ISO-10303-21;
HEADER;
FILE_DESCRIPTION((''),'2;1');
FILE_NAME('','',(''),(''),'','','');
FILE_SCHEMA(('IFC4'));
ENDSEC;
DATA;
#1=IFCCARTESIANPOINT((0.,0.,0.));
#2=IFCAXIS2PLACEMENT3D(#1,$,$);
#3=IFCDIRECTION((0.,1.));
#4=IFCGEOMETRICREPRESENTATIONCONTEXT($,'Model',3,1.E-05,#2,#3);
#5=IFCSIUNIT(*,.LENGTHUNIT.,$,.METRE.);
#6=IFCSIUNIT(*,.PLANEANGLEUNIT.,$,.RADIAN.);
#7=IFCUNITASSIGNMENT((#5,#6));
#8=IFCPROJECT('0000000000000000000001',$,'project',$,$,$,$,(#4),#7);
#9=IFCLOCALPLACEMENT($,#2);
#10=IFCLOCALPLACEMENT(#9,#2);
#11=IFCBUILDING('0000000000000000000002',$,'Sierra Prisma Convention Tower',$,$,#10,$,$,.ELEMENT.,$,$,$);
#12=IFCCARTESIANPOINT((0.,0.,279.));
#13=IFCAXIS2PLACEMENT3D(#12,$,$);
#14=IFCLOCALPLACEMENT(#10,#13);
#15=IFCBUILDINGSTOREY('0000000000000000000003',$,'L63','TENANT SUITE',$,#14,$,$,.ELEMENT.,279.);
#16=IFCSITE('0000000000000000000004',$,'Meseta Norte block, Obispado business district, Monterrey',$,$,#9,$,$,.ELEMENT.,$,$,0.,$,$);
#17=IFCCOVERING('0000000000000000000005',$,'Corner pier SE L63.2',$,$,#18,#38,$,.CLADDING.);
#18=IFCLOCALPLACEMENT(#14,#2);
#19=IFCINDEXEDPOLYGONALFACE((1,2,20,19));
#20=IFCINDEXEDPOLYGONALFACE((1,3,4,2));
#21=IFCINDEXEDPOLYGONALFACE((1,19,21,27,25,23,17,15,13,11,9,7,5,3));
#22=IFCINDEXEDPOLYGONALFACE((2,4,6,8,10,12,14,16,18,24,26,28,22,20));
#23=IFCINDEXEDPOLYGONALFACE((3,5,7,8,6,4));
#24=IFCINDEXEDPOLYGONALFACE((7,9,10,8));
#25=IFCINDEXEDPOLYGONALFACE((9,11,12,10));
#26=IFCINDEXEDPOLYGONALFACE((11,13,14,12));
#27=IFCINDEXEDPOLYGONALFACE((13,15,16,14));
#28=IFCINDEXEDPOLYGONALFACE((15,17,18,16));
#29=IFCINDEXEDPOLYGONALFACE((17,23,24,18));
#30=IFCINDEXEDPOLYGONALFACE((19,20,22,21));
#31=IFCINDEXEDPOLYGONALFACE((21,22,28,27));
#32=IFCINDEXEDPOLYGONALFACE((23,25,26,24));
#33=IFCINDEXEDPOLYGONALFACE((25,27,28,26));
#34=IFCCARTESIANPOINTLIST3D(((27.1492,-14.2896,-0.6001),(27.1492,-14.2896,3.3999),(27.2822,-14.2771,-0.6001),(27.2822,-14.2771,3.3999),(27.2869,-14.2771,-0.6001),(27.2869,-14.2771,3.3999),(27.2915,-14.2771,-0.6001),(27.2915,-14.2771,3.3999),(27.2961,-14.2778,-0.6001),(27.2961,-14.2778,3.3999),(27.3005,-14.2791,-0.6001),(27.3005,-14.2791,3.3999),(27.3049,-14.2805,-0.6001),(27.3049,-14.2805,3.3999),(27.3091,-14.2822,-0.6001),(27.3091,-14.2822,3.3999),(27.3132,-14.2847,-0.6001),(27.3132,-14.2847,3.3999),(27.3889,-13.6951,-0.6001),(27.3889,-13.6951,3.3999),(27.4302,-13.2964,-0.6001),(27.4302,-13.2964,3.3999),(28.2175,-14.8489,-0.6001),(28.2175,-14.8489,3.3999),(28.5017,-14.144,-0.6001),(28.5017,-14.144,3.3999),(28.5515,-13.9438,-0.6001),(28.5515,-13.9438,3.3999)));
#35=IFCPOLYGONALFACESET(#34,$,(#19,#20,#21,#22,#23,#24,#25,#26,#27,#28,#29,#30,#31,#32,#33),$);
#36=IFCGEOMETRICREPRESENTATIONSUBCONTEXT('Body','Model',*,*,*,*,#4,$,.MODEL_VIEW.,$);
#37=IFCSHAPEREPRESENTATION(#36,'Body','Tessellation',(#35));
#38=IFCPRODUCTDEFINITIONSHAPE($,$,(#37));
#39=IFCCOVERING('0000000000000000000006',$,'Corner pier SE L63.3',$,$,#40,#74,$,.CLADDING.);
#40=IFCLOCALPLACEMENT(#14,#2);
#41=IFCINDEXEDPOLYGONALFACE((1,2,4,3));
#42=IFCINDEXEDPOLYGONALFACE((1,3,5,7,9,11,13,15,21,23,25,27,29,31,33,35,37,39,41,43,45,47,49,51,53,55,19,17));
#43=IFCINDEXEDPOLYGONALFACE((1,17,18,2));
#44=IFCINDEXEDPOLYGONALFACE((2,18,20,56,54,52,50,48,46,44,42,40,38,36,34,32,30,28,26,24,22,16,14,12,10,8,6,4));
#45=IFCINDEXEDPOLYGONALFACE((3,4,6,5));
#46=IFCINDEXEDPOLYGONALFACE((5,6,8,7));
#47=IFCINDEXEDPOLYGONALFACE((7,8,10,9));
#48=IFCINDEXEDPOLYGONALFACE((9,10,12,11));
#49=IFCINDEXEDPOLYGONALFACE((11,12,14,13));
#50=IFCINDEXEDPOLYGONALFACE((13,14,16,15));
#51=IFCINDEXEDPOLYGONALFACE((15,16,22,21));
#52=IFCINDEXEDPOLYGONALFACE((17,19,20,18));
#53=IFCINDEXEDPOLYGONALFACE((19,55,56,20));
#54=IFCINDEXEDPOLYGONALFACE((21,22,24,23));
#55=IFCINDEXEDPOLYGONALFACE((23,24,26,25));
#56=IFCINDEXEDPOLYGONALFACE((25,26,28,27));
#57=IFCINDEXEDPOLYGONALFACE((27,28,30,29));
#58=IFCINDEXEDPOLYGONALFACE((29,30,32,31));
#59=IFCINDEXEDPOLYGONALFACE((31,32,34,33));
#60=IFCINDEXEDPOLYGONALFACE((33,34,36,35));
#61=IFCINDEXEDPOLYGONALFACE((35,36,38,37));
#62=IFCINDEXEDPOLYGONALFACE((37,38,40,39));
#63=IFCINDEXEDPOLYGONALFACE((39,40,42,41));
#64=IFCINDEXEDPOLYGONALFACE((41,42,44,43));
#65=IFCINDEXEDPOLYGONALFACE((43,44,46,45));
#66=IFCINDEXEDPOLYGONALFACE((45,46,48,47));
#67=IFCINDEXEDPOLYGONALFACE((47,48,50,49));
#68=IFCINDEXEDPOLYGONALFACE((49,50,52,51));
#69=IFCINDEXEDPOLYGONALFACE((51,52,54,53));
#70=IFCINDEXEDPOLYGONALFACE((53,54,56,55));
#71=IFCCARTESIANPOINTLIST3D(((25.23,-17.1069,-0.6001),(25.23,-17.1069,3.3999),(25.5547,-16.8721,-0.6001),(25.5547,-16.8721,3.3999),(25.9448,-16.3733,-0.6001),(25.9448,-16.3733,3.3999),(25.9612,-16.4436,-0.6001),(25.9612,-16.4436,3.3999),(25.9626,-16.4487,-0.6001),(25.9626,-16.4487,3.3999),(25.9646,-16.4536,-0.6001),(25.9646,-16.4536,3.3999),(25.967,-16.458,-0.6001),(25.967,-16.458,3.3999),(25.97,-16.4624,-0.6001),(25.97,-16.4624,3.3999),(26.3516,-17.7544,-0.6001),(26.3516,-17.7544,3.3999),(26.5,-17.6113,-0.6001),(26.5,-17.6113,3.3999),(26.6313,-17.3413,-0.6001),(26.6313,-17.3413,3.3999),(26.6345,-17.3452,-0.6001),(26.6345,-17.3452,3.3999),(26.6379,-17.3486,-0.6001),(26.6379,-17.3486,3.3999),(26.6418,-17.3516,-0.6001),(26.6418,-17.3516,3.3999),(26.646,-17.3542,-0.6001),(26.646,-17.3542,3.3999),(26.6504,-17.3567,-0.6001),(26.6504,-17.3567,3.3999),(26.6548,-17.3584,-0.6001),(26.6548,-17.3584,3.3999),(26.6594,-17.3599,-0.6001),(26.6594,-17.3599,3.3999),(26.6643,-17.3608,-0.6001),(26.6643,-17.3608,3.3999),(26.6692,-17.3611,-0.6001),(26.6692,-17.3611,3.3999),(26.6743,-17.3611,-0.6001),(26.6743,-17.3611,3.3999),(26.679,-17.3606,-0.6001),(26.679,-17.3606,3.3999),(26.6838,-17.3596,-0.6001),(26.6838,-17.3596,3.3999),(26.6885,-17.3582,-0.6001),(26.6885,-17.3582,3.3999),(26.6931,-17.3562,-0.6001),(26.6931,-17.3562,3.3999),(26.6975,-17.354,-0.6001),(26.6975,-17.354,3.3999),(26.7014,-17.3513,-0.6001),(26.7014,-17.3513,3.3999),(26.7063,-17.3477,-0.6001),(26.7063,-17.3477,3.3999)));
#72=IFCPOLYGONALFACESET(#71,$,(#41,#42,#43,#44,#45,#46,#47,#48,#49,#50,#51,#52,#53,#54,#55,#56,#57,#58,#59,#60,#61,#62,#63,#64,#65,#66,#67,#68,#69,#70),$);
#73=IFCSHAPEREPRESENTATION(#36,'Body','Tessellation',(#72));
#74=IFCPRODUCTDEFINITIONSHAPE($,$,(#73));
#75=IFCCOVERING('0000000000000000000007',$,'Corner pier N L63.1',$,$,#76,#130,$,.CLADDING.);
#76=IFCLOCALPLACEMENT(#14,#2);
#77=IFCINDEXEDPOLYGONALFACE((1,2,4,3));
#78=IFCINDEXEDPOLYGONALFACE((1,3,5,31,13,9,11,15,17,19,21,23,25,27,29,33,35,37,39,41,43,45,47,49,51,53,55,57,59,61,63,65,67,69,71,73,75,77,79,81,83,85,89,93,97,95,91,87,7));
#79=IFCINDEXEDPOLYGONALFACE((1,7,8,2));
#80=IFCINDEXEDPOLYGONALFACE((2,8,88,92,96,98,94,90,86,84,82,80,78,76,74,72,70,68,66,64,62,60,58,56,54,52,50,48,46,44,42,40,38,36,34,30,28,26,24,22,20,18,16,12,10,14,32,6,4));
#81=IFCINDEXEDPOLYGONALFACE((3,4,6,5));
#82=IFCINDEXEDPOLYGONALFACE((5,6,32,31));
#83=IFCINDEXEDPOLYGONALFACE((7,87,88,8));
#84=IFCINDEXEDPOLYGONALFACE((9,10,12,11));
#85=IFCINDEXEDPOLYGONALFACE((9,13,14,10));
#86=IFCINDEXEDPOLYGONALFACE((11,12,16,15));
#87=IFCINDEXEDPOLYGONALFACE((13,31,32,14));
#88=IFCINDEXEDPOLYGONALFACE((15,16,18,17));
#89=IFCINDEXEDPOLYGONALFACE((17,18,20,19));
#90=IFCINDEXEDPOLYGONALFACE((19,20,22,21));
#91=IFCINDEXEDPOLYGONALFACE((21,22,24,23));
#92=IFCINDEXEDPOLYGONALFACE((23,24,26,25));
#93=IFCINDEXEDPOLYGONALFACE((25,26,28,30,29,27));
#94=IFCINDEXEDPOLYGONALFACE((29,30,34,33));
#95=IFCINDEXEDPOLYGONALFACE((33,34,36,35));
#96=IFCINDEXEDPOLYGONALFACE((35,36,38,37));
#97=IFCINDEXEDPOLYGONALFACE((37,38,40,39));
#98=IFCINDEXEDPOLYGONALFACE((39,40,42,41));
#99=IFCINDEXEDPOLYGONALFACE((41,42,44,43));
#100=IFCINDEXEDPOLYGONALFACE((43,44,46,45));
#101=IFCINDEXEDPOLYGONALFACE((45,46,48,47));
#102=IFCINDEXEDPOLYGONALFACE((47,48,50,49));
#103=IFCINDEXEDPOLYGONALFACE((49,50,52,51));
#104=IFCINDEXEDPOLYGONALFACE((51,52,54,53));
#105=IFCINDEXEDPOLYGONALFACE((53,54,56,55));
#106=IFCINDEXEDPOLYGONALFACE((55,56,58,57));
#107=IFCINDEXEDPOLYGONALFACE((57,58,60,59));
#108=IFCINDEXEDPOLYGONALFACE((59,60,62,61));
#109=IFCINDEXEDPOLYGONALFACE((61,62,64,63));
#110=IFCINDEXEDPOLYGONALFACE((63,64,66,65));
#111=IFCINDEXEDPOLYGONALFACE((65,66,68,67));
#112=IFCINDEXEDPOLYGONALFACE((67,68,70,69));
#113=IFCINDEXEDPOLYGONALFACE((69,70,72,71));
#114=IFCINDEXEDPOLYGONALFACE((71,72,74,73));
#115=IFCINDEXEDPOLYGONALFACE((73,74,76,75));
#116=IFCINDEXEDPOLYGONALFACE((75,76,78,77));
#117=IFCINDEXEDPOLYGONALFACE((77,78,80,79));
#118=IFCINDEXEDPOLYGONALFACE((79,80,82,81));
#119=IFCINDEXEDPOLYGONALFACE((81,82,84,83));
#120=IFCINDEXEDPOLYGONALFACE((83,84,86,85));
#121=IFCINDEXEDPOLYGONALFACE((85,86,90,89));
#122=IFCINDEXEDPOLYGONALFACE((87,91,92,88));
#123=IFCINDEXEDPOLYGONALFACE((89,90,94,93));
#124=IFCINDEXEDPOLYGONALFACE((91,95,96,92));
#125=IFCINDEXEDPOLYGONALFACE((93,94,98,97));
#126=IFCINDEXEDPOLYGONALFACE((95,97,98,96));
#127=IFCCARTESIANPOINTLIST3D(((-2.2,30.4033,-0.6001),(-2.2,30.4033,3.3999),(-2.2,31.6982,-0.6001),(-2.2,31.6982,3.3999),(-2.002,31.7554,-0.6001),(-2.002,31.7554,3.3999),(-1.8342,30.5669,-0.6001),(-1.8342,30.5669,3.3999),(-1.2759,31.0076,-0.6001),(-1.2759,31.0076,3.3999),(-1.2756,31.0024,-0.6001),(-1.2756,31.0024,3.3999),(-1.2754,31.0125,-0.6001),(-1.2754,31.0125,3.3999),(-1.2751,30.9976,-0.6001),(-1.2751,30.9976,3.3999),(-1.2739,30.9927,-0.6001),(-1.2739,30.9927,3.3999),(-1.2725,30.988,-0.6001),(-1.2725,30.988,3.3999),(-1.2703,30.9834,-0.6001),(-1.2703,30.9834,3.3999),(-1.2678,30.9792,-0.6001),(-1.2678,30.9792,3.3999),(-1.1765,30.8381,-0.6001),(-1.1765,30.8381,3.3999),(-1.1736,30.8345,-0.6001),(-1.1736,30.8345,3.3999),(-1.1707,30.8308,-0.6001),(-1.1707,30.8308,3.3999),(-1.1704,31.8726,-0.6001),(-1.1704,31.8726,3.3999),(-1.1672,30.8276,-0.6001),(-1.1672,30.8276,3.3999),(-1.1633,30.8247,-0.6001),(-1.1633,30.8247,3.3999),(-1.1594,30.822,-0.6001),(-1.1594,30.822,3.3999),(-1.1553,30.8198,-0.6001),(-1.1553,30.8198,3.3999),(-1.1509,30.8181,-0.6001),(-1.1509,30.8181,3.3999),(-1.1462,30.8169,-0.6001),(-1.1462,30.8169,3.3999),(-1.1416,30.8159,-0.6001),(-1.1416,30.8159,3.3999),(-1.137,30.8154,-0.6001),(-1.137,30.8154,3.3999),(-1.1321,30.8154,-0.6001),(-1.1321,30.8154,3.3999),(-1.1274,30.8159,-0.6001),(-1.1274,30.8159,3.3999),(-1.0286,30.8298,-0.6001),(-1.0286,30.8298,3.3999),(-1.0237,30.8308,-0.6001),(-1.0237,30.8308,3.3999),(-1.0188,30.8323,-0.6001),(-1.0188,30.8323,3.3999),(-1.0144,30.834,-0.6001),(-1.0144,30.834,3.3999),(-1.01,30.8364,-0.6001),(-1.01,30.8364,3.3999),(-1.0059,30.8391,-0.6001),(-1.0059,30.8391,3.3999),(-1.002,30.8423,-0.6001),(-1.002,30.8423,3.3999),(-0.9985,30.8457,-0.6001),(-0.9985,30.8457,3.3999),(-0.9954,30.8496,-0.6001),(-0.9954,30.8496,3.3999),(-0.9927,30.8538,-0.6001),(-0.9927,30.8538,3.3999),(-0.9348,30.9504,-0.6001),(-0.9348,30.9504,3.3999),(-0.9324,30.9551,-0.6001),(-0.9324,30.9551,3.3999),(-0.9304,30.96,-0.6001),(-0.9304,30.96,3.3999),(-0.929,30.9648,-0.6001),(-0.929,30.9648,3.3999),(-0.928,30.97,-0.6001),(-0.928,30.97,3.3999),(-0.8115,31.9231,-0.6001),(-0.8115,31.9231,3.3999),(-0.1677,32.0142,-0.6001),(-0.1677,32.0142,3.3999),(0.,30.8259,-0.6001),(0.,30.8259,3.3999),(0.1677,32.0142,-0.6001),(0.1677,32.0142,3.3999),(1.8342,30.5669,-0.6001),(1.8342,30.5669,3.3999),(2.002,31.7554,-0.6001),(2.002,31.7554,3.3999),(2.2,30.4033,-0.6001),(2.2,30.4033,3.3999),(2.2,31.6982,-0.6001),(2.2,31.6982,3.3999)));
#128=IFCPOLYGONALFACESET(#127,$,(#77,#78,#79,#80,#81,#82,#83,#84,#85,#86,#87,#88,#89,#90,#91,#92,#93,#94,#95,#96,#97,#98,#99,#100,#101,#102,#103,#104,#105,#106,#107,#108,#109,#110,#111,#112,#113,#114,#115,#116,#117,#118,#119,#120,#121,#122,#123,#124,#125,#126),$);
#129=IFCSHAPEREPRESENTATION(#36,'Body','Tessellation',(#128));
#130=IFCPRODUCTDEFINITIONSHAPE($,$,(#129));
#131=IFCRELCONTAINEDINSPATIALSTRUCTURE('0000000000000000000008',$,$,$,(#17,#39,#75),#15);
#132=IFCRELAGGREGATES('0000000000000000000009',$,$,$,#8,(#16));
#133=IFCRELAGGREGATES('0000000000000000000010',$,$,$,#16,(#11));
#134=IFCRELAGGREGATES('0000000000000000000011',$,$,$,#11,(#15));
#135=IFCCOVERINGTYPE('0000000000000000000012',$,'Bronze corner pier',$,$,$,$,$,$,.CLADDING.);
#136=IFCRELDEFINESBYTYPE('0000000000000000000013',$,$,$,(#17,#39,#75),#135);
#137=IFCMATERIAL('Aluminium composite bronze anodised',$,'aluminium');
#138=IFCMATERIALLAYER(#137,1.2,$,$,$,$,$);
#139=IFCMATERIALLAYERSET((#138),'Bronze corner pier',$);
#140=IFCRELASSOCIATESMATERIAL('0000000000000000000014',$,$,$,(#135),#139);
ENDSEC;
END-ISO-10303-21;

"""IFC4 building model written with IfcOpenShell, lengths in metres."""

from ifc_helpers import new_model, si_unit, direction, frame, origin, place, context, subcontext, project, spatial, polyline, outline, extrude, material, layer, layer_set, type_object, element, save


model = new_model("IFC4")

# Units and contexts
model_context = context("Model", 3, precision=1e-05, world=origin(), true_north=direction((0.0, 1.0)))
body_context = subcontext(model_context, "Body", "Model", "MODEL_VIEW")
ifc_project = project(units=[si_unit("LENGTHUNIT", "METRE"), si_unit("PLANEANGLEUNIT", "RADIAN")], contexts=[model_context])

# Site, building, storey
site_placement = place(None, origin())
site = spatial("IfcSite", under=ifc_project, at=site_placement, Name="Meseta Norte block, Obispado business district, Monterrey", CompositionType="ELEMENT", RefElevation=0.0)
building_placement = place(site_placement, origin())
building = spatial("IfcBuilding", under=site, at=building_placement, Name="Sierra Prisma Convention Tower", CompositionType="ELEMENT")
storey_placement = place(building_placement, frame((0.0, 0.0, 279.0)))
storey = spatial("IfcBuildingStorey", under=building, at=storey_placement, Name="L63", Description="TENANT SUITE", CompositionType="ELEMENT", Elevation=279.0)

# Coverings
ifc_material_1 = material(Name="Aluminium composite bronze anodised", Category="aluminium")
ifc_layer_1 = layer(ifc_material_1, 1.2)
ifc_layer_set_1 = layer_set([ifc_layer_1], Name="Bronze corner pier")
covering_type_1 = type_object("IfcCoveringType", Name="Bronze corner pier", PredefinedType="CLADDING", material=ifc_layer_set_1)
covering_1_placement = place(storey_placement, frame((0.0, 0.0, -0.6001)))
element("IfcCovering", 1, at=covering_1_placement, inside=storey, type_object=covering_type_1, Name="Corner pier SE L63.2", PredefinedType="CLADDING", context=body_context, shape_type="SweptSolid", body=[
    extrude(outline(polyline([(27.2915, -14.2771), (27.2869, -14.2771), (27.2822, -14.2771), (27.1492, -14.2896), (27.3889, -13.6951), (27.4302, -13.2964), (28.5515, -13.9438), (28.5017, -14.144), (28.2175, -14.8489), (27.3132, -14.2847), (27.3091, -14.2822), (27.3049, -14.2805), (27.3005, -14.2791), (27.2961, -14.2778), (27.2915, -14.2771)])), origin(), (0.0, 0.0, 1.0), 4.0),
])
covering_2_placement = place(storey_placement, frame((0.0, 0.0, -0.6001)))
element("IfcCovering", 2, at=covering_2_placement, inside=storey, type_object=covering_type_1, Name="Corner pier SE L63.3", PredefinedType="CLADDING", context=body_context, shape_type="SweptSolid", body=[
    extrude(outline(polyline([(26.6345, -17.3452), (26.6379, -17.3486), (26.6418, -17.3516), (26.646, -17.3542), (26.6504, -17.3567), (26.6548, -17.3584), (26.6594, -17.3599), (26.6643, -17.3608), (26.6692, -17.3611), (26.6743, -17.3611), (26.679, -17.3606), (26.6838, -17.3596), (26.6885, -17.3582), (26.6931, -17.3562), (26.6975, -17.354), (26.7014, -17.3513), (26.7063, -17.3477), (26.5, -17.6113), (26.3516, -17.7544), (25.23, -17.1069), (25.5547, -16.8721), (25.9448, -16.3733), (25.9612, -16.4436), (25.9626, -16.4487), (25.9646, -16.4536), (25.967, -16.458), (25.97, -16.4624), (26.6313, -17.3413), (26.6345, -17.3452)])), origin(), (0.0, 0.0, 1.0), 4.0),
])
covering_3_placement = place(storey_placement, frame((0.0, 0.0, -0.6001)))
element("IfcCovering", 3, at=covering_3_placement, inside=storey, type_object=covering_type_1, Name="Corner pier N L63.1", PredefinedType="CLADDING", context=body_context, shape_type="SweptSolid", body=[
    extrude(outline(polyline([(-1.1633, 30.8247), (-1.1594, 30.822), (-1.1553, 30.8198), (-1.1509, 30.8181), (-1.1462, 30.8169), (-1.1416, 30.8159), (-1.137, 30.8154), (-1.1321, 30.8154), (-1.1274, 30.8159), (-1.0286, 30.8298), (-1.0237, 30.8308), (-1.0188, 30.8323), (-1.0144, 30.834), (-1.01, 30.8364), (-1.0059, 30.8391), (-1.002, 30.8423), (-0.9985, 30.8457), (-0.9954, 30.8496), (-0.9927, 30.8538), (-0.9348, 30.9504), (-0.9324, 30.9551), (-0.9304, 30.96), (-0.929, 30.9648), (-0.928, 30.97), (-0.8115, 31.9231), (-0.1677, 32.0142), (0.1677, 32.0142), (2.002, 31.7554), (2.2, 31.6982), (2.2, 30.4033), (1.8342, 30.5669), (0.0, 30.8259), (-1.8342, 30.5669), (-2.2, 30.4033), (-2.2, 31.6982), (-2.002, 31.7554), (-1.1704, 31.8726), (-1.2754, 31.0125), (-1.2759, 31.0076), (-1.2756, 31.0024), (-1.2751, 30.9976), (-1.2739, 30.9927), (-1.2725, 30.988), (-1.2703, 30.9834), (-1.2678, 30.9792), (-1.1765, 30.8381), (-1.1736, 30.8345), (-1.1707, 30.8308), (-1.1672, 30.8276), (-1.1633, 30.8247)])), origin(), (0.0, 0.0, 1.0), 4.0),
])

save(model, "model.ifc")
